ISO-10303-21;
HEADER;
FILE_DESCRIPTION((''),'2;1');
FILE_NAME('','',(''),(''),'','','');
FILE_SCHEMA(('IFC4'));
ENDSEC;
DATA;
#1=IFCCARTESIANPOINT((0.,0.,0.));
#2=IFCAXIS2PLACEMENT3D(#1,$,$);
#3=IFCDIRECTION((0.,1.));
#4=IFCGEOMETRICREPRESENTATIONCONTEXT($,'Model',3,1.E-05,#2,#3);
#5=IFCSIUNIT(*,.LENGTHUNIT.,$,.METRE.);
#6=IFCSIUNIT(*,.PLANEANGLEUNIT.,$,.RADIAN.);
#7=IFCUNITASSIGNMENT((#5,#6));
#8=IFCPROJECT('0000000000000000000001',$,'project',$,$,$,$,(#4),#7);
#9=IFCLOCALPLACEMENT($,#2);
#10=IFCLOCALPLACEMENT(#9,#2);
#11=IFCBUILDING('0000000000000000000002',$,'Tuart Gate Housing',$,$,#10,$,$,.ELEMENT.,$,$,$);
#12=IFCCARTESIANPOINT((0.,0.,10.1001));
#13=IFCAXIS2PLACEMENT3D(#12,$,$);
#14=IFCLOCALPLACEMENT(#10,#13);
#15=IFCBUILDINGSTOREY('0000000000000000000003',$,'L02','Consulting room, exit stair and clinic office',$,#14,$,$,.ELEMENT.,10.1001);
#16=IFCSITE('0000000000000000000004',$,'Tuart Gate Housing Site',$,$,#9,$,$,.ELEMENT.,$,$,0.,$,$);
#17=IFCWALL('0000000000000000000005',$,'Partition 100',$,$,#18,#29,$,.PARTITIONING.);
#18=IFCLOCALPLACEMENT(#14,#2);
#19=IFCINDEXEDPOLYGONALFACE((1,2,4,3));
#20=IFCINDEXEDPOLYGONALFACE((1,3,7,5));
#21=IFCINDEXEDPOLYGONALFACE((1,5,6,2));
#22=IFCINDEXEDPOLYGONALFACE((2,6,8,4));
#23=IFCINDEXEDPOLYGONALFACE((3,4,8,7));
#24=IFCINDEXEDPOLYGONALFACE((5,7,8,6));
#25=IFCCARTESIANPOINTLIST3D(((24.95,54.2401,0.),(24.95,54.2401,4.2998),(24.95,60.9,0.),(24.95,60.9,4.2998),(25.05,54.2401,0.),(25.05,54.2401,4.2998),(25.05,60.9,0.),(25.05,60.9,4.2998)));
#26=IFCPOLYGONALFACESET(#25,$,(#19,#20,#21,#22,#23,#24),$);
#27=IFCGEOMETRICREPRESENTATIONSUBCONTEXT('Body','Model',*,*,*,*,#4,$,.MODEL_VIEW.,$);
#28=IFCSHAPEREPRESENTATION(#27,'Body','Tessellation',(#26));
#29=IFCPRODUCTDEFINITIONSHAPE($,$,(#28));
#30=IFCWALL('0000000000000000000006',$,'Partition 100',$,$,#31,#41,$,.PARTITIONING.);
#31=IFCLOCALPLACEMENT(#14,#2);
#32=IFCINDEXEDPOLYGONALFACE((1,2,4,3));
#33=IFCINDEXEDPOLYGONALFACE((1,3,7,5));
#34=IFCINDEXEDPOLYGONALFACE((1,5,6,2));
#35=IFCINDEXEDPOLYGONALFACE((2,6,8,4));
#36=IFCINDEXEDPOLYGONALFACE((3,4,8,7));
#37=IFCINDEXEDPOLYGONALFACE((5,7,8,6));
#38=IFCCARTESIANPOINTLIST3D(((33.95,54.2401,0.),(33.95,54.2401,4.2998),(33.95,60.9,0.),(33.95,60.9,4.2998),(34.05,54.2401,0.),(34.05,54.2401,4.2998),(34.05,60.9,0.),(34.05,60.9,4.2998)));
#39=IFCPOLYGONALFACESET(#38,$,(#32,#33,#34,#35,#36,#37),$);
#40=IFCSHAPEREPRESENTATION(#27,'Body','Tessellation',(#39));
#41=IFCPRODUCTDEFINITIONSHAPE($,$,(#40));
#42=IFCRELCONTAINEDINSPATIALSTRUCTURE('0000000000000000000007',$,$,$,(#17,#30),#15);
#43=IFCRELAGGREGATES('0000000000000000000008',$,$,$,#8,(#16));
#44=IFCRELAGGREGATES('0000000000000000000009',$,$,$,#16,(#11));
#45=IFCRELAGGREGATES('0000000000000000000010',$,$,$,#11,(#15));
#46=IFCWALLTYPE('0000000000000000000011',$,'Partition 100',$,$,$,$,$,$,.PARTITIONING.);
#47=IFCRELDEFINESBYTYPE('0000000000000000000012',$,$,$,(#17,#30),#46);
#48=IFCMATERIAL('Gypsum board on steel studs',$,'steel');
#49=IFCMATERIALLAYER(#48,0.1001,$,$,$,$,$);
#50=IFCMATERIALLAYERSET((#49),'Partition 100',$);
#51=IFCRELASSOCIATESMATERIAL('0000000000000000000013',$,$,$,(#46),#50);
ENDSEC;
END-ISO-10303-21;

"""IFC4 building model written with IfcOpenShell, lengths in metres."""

from ifc_helpers import new_model, si_unit, direction, frame, frame_2d, origin, place, context, subcontext, project, spatial, rectangle, extrude, material, layer, layer_set, type_object, element, save


model = new_model("IFC4")

# Units and contexts
model_context = context("Model", 3, precision=1e-05, world=origin(), true_north=direction((0.0, 1.0)))
body_context = subcontext(model_context, "Body", "Model", "MODEL_VIEW")
ifc_project = project(units=[si_unit("LENGTHUNIT", "METRE"), si_unit("PLANEANGLEUNIT", "RADIAN")], contexts=[model_context])

# Site, building, storey
site_placement = place(None, origin())
site = spatial("IfcSite", under=ifc_project, at=site_placement, Name="Tuart Gate Housing Site", CompositionType="ELEMENT", RefElevation=0.0)
building_placement = place(site_placement, origin())
building = spatial("IfcBuilding", under=site, at=building_placement, Name="Tuart Gate Housing", CompositionType="ELEMENT")
storey_placement = place(building_placement, frame((0.0, 0.0, 10.1001)))
storey = spatial("IfcBuildingStorey", under=building, at=storey_placement, Name="L02", Description="Consulting room, exit stair and clinic office", CompositionType="ELEMENT", Elevation=10.1001)

# Walls
ifc_material_1 = material(Name="Gypsum board on steel studs", Category="steel")
ifc_layer_1 = layer(ifc_material_1, 0.1001)
ifc_layer_set_1 = layer_set([ifc_layer_1], Name="Partition 100")
wall_type_1 = type_object("IfcWallType", Name="Partition 100", PredefinedType="PARTITIONING", material=ifc_layer_set_1)
for number, where, z_axis, x_axis, name in (
    (1, (25.0, 54.24, 0.0), (0.0, 0.0, 1.0), (0.0, 1.0, 0.0), "Partition 100"),
    (2, (34.0, 54.24, 0.0), (0.0, 0.0, 1.0), (0.0, 1.0, 0.0), "Partition 100"),
):
    element("IfcWall", number, at=place(storey_placement, frame(where, z_axis=z_axis, x_axis=x_axis)), inside=storey, type_object=wall_type_1, Name=name, PredefinedType="PARTITIONING", context=body_context, shape_type="SweptSolid", body=[
        extrude(rectangle(XDim=6.6599, YDim=0.1001, at=frame_2d((3.3301, 0.0))), origin(), (0.0, 0.0, 1.0), 4.2998),
    ])

save(model, "model.ifc")
